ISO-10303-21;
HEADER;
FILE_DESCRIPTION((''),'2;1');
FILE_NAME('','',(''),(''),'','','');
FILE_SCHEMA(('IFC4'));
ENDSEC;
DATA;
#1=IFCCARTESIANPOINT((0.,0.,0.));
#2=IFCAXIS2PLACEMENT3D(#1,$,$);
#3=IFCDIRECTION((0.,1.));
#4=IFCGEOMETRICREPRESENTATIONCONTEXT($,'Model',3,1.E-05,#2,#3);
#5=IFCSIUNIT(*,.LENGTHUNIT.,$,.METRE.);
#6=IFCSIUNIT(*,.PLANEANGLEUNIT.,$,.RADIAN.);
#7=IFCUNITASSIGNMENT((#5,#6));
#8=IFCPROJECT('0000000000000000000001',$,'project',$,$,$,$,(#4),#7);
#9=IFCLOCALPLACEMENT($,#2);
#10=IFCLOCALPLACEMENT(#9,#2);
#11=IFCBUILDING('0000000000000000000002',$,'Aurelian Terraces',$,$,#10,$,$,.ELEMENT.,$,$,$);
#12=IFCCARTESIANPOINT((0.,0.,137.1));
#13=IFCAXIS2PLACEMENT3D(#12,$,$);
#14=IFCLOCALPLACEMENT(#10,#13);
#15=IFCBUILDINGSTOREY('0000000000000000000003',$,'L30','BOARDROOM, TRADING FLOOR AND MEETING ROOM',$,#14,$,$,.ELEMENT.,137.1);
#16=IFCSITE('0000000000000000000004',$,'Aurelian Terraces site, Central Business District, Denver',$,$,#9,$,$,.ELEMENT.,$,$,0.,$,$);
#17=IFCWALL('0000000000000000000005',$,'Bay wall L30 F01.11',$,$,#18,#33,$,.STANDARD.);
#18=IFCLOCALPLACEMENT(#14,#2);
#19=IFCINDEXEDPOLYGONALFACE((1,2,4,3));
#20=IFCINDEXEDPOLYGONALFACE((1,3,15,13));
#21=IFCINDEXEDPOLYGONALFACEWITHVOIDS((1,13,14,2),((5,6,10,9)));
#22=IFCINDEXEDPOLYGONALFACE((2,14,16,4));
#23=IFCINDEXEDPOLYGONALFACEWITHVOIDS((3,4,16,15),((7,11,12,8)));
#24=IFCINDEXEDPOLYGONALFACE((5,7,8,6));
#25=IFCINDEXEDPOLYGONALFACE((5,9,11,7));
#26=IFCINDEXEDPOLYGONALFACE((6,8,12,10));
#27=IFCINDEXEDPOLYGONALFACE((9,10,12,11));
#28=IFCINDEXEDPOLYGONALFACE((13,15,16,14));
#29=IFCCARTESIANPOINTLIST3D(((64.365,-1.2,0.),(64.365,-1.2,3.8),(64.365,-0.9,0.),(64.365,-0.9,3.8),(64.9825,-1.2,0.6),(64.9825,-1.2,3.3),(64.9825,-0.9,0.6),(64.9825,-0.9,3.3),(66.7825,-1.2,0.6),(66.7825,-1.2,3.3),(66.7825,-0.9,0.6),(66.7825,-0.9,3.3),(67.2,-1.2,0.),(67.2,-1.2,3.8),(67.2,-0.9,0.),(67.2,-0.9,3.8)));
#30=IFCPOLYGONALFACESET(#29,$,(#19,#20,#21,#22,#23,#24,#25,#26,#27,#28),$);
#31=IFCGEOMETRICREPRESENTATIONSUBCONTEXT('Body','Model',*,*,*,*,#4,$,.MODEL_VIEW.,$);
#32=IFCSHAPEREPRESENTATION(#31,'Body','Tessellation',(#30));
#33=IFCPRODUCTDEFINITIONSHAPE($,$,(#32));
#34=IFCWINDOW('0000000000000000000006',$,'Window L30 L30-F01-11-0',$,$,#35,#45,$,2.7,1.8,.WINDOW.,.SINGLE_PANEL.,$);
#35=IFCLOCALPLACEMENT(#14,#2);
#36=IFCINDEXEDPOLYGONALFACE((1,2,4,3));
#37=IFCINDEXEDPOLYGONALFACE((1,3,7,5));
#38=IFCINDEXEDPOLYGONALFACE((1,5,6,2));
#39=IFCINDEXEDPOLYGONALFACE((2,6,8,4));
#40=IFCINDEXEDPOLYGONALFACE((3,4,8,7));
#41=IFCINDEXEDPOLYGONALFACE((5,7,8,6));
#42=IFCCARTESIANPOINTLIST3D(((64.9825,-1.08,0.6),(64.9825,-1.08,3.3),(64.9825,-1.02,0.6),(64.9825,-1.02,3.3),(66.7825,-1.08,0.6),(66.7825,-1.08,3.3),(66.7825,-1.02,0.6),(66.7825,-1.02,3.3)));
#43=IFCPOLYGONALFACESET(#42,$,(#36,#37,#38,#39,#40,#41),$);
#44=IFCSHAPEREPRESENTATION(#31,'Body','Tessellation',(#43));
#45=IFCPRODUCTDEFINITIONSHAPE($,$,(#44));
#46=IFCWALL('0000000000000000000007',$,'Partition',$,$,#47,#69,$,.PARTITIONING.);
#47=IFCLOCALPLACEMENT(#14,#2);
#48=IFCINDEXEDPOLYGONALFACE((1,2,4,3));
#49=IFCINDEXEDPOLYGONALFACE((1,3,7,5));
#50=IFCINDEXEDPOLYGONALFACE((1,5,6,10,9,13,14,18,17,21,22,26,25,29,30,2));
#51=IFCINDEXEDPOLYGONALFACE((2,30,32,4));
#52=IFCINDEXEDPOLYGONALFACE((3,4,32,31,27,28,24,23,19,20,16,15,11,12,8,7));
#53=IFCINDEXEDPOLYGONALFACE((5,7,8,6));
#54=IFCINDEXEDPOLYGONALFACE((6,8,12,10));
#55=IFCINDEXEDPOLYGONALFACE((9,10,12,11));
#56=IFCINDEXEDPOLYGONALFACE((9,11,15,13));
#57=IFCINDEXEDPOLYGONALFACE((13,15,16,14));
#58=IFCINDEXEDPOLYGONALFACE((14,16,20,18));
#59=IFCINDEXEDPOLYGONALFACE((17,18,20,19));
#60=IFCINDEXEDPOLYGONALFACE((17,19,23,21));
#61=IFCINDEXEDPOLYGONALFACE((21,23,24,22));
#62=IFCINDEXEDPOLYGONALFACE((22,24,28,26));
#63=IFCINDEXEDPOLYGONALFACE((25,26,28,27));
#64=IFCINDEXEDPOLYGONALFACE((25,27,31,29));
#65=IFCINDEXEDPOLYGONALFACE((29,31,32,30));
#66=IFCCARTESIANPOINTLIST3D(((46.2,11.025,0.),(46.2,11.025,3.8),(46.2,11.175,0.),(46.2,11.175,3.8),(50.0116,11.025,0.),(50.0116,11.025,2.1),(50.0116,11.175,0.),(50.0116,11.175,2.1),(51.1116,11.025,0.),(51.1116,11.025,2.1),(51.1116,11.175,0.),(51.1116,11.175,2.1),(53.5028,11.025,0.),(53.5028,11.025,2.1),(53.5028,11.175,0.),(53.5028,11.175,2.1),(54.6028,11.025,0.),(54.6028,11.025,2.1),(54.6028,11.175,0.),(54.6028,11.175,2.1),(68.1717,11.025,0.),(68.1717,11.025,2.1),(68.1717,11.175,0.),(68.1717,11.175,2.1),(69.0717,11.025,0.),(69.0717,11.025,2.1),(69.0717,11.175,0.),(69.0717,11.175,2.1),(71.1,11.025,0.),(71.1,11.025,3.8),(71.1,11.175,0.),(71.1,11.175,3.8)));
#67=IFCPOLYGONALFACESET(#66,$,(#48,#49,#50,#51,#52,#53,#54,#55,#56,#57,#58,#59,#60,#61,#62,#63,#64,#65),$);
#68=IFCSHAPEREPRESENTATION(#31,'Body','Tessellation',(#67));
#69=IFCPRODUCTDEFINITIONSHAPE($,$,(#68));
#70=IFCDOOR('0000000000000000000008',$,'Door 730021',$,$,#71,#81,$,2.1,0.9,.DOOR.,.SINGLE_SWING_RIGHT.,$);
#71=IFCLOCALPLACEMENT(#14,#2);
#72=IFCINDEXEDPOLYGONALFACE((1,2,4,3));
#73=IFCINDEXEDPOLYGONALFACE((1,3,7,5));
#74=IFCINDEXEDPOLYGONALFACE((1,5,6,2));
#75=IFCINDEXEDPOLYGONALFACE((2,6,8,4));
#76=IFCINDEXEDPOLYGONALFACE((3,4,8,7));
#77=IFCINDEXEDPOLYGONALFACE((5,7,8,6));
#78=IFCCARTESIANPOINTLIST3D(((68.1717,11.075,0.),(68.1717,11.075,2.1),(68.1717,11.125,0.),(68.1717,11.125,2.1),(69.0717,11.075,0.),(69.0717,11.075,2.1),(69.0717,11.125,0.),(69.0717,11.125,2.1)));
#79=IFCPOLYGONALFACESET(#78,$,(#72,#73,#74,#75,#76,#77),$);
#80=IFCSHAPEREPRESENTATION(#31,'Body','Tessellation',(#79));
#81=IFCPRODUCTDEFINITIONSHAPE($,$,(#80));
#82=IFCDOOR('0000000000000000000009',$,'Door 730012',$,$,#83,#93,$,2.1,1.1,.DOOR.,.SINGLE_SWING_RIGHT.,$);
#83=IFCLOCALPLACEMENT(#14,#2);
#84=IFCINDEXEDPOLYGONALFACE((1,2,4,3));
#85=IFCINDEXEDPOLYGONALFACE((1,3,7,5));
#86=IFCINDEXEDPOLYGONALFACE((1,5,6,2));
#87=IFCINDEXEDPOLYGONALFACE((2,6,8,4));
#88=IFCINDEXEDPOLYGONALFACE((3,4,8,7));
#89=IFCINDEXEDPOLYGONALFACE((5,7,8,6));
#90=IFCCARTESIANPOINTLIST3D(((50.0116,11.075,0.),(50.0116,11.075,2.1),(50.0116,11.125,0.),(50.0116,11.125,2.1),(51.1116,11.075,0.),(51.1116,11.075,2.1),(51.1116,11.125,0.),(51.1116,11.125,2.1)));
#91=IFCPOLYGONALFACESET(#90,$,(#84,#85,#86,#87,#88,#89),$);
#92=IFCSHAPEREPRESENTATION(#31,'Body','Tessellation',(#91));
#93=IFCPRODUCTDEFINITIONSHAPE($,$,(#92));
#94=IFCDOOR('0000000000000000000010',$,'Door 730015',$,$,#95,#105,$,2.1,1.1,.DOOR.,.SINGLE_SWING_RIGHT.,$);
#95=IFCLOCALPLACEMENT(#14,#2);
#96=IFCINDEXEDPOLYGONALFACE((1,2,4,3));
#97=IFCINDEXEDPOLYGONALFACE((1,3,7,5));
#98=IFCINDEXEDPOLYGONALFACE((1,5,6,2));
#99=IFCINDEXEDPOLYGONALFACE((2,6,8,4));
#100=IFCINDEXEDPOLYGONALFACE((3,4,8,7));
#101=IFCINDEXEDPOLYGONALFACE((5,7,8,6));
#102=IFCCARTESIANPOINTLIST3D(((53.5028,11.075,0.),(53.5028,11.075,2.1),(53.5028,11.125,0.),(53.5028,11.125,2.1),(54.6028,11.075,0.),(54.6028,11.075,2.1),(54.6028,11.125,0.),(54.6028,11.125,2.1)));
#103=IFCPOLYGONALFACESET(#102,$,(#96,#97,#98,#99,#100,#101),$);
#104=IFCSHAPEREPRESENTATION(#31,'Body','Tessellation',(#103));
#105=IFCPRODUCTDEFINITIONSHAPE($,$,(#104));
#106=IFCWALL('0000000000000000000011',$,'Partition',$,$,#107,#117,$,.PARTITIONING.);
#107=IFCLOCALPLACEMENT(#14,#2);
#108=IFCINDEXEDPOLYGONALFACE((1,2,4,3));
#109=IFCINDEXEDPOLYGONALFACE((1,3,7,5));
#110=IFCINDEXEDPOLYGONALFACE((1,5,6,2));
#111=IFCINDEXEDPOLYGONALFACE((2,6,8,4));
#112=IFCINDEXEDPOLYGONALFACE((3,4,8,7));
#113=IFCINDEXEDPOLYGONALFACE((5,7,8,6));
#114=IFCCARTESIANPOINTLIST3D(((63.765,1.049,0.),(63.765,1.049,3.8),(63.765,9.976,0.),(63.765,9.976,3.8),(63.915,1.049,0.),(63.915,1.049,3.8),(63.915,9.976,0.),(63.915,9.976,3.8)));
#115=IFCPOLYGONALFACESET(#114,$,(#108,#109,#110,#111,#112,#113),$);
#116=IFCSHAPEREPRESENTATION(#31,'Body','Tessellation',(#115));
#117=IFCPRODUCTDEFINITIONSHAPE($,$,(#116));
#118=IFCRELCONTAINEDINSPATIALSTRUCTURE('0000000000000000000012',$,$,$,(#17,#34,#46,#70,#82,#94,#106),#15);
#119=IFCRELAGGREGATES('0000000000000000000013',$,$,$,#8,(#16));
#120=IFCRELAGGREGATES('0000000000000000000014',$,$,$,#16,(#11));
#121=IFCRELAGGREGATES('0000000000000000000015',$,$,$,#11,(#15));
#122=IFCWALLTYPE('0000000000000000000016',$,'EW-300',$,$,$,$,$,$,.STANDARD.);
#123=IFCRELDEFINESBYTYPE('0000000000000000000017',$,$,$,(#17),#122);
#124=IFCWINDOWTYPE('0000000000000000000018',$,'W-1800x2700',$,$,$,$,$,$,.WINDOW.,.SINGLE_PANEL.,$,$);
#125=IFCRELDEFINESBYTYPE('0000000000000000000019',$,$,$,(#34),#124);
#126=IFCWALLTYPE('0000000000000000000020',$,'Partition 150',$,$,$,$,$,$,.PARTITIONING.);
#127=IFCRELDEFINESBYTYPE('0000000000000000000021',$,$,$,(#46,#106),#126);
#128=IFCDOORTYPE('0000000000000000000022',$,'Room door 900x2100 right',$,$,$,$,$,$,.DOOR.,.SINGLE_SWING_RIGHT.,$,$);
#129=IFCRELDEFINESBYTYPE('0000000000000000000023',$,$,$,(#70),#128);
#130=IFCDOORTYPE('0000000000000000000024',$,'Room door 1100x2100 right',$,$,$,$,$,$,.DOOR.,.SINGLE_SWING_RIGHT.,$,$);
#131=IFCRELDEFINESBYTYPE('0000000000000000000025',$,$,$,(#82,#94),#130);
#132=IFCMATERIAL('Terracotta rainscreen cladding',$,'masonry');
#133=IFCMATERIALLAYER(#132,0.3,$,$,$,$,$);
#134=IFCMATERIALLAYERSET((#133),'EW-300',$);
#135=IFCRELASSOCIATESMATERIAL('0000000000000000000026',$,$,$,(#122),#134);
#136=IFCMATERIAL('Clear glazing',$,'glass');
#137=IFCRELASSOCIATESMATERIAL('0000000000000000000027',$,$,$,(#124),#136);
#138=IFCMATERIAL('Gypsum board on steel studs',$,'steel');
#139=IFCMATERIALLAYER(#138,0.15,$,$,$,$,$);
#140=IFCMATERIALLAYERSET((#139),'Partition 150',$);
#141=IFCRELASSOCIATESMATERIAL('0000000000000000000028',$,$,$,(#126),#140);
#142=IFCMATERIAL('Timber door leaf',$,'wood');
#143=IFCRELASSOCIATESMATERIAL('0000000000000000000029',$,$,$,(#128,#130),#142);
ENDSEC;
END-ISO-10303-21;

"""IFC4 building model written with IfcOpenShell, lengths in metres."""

from ifc_helpers import new_model, si_unit, direction, frame, frame_2d, origin, place, context, subcontext, project, spatial, rectangle, extrude, source, transform, mapped, material, layer, layer_set, type_object, element, fill, save


model = new_model("IFC4")

# Units and contexts
model_context = context("Model", 3, precision=1e-05, world=origin(), true_north=direction((0.0, 1.0)))
body_context = subcontext(model_context, "Body", "Model", "MODEL_VIEW")
ifc_project = project(units=[si_unit("LENGTHUNIT", "METRE"), si_unit("PLANEANGLEUNIT", "RADIAN")], contexts=[model_context])

# Site, building, storey
site_placement = place(None, origin())
site = spatial("IfcSite", under=ifc_project, at=site_placement, Name="Aurelian Terraces site, Central Business District, Denver", CompositionType="ELEMENT", RefElevation=0.0)
building_placement = place(site_placement, origin())
building = spatial("IfcBuilding", under=site, at=building_placement, Name="Aurelian Terraces", CompositionType="ELEMENT")
storey_placement = place(building_placement, frame((0.0, 0.0, 137.1)))
storey = spatial("IfcBuildingStorey", under=building, at=storey_placement, Name="L30", Description="BOARDROOM, TRADING FLOOR AND MEETING ROOM", CompositionType="ELEMENT", Elevation=137.1)

# Shared definitions
ifc_material_1 = material(Name="Terracotta rainscreen cladding", Category="masonry")
ifc_layer_1 = layer(ifc_material_1, 0.3)
ifc_layer_set_1 = layer_set([ifc_layer_1], Name="EW-300")
wall_type_1 = type_object("IfcWallType", Name="EW-300", PredefinedType="STANDARD", material=ifc_layer_set_1)
ifc_material_2 = material(Name="Clear glazing", Category="glass")

# Wall, opening, window
shared_shape_1 = source(origin(), body_context, "Body", "SweptSolid", [
    extrude(rectangle(XDim=1.8, YDim=2.7, at=frame_2d((0.9, 1.35))), frame((0.0, 0.16, 0.0), z_axis=(0.0, -1.0, 0.0), x_axis=(1.0, 0.0, 0.0)), (0.0, 0.0, 1.0), 0.32),
])
window_type_1 = type_object("IfcWindowType", Name="W-1800x2700", PartitioningType="SINGLE_PANEL", PredefinedType="WINDOW", material=ifc_material_2)
shared_shape_2 = source(origin(), body_context, "Body", "SweptSolid", [
    extrude(rectangle(XDim=1.8, YDim=2.7, at=frame_2d((0.9, 1.35))), frame((0.0, 0.03, 0.0), z_axis=(0.0, -1.0, 0.0), x_axis=(1.0, 0.0, 0.0)), (0.0, 0.0, 1.0), 0.06),
])
shared_shape_3 = source(origin(), body_context, "Body", "SweptSolid", [
    extrude(rectangle(XDim=2.835, YDim=0.3, at=frame_2d((1.4175, 0.0))), origin(), (0.0, 0.0, 1.0), 3.8),
])
wall_1_placement = place(storey_placement, frame((64.365, -1.05, 0.0), z_axis=(0.0, 0.0, 1.0), x_axis=(1.0, 0.0, 0.0)))
wall_1 = element("IfcWall", 1, at=wall_1_placement, inside=storey, type_object=wall_type_1, Name="Bay wall L30 F01.11", PredefinedType="STANDARD", context=body_context, shape_type="MappedRepresentation", body=[
    mapped(shared_shape_3, transform((0.0, 0.0, 0.0), scale=1.0)),
])
opening_1_placement = place(wall_1_placement, frame((0.6175, 0.0, 0.6)))
opening_1 = element("IfcOpeningElement", 2, at=opening_1_placement, cuts=wall_1, PredefinedType="OPENING", context=body_context, shape_type="MappedRepresentation", body=[
    mapped(shared_shape_1, transform((0.0, 0.0, 0.0), scale=1.0)),
])
window_1_placement = place(opening_1_placement, origin())
window_1 = element("IfcWindow", 3, at=window_1_placement, inside=storey, type_object=window_type_1, Name="Window L30 L30-F01-11-0", OverallHeight=2.7, OverallWidth=1.8, PartitioningType="SINGLE_PANEL", PredefinedType="WINDOW", context=body_context, shape_type="MappedRepresentation", body=[
    mapped(shared_shape_2, transform((0.0, 0.0, 0.0), scale=1.0)),
])
fill(opening_1, window_1)

# Wall, openings, doors
ifc_material_3 = material(Name="Gypsum board on steel studs", Category="steel")
ifc_layer_2 = layer(ifc_material_3, 0.15)
ifc_layer_set_2 = layer_set([ifc_layer_2], Name="Partition 150")
wall_type_2 = type_object("IfcWallType", Name="Partition 150", PredefinedType="PARTITIONING", material=ifc_layer_set_2)
shared_shape_4 = source(origin(), body_context, "Body", "SweptSolid", [
    extrude(rectangle(XDim=24.9, YDim=0.15, at=frame_2d((12.45, 0.0))), origin(), (0.0, 0.0, 1.0), 3.8),
])
wall_2_placement = place(storey_placement, frame((71.1, 11.1, 0.0), z_axis=(0.0, 0.0, 1.0), x_axis=(-1.0, 0.0, 0.0)))
wall_2 = element("IfcWall", 4, at=wall_2_placement, inside=storey, type_object=wall_type_2, Name="Partition", PredefinedType="PARTITIONING", context=body_context, shape_type="MappedRepresentation", body=[
    mapped(shared_shape_4, transform((0.0, 0.0, 0.0), scale=1.0)),
])
shared_shape_5 = source(origin(), body_context, "Body", "SweptSolid", [
    extrude(rectangle(XDim=1.1, YDim=2.1, at=frame_2d((0.55, 1.05))), frame((0.0, 0.085, 0.0), z_axis=(0.0, -1.0, 0.0), x_axis=(1.0, 0.0, 0.0)), (0.0, 0.0, 1.0), 0.17),
])
opening_2_placement = place(wall_2_placement, frame((19.9884, 0.0, 0.0)))
opening_2 = element("IfcOpeningElement", 5, at=opening_2_placement, cuts=wall_2, PredefinedType="OPENING", context=body_context, shape_type="MappedRepresentation", body=[
    mapped(shared_shape_5, transform((0.0, 0.0, 0.0), scale=1.0)),
])
opening_3_placement = place(wall_2_placement, frame((16.4972, 0.0, 0.0)))
opening_3 = element("IfcOpeningElement", 6, at=opening_3_placement, cuts=wall_2, PredefinedType="OPENING", context=body_context, shape_type="MappedRepresentation", body=[
    mapped(shared_shape_5, transform((0.0, 0.0, 0.0), scale=1.0)),
])
shared_shape_6 = source(origin(), body_context, "Body", "SweptSolid", [
    extrude(rectangle(XDim=0.9, YDim=2.1, at=frame_2d((0.45, 1.05))), frame((0.0, 0.085, 0.0), z_axis=(0.0, -1.0, 0.0), x_axis=(1.0, 0.0, 0.0)), (0.0, 0.0, 1.0), 0.17),
])
opening_4_placement = place(wall_2_placement, frame((2.0283, 0.0, 0.0)))
opening_4 = element("IfcOpeningElement", 7, at=opening_4_placement, cuts=wall_2, PredefinedType="OPENING", context=body_context, shape_type="MappedRepresentation", body=[
    mapped(shared_shape_6, transform((0.0, 0.0, 0.0), scale=1.0)),
])
ifc_material_4 = material(Name="Timber door leaf", Category="wood")
door_type_1 = type_object("IfcDoorType", Name="Room door 900x2100 right", OperationType="SINGLE_SWING_RIGHT", PredefinedType="DOOR", material=ifc_material_4)
shared_shape_7 = source(origin(), body_context, "Body", "SweptSolid", [
    extrude(rectangle(XDim=0.9, YDim=2.1, at=frame_2d((0.45, 1.05))), frame((0.0, 0.025, 0.0), z_axis=(0.0, -1.0, 0.0), x_axis=(1.0, 0.0, 0.0)), (0.0, 0.0, 1.0), 0.05),
])
door_1_placement = place(opening_4_placement, origin())
door_1 = element("IfcDoor", 8, at=door_1_placement, inside=storey, type_object=door_type_1, Name="Door 730021", OperationType="SINGLE_SWING_RIGHT", OverallHeight=2.1, OverallWidth=0.9, PredefinedType="DOOR", context=body_context, shape_type="MappedRepresentation", body=[
    mapped(shared_shape_7, transform((0.0, 0.0, 0.0), scale=1.0)),
])
fill(opening_4, door_1)
door_type_2 = type_object("IfcDoorType", Name="Room door 1100x2100 right", OperationType="SINGLE_SWING_RIGHT", PredefinedType="DOOR", material=ifc_material_4)
shared_shape_8 = source(origin(), body_context, "Body", "SweptSolid", [
    extrude(rectangle(XDim=1.1, YDim=2.1, at=frame_2d((0.55, 1.05))), frame((0.0, 0.025, 0.0), z_axis=(0.0, -1.0, 0.0), x_axis=(1.0, 0.0, 0.0)), (0.0, 0.0, 1.0), 0.05),
])
door_2_placement = place(opening_2_placement, origin())
door_2 = element("IfcDoor", 9, at=door_2_placement, inside=storey, type_object=door_type_2, Name="Door 730012", OperationType="SINGLE_SWING_RIGHT", OverallHeight=2.1, OverallWidth=1.1, PredefinedType="DOOR", context=body_context, shape_type="MappedRepresentation", body=[
    mapped(shared_shape_8, transform((0.0, 0.0, 0.0), scale=1.0)),
])
fill(opening_2, door_2)
door_3_placement = place(opening_3_placement, origin())
door_3 = element("IfcDoor", 10, at=door_3_placement, inside=storey, type_object=door_type_2, Name="Door 730015", OperationType="SINGLE_SWING_RIGHT", OverallHeight=2.1, OverallWidth=1.1, PredefinedType="DOOR", context=body_context, shape_type="MappedRepresentation", body=[
    mapped(shared_shape_8, transform((0.0, 0.0, 0.0), scale=1.0)),
])
fill(opening_3, door_3)

# Wall
shared_shape_9 = source(origin(), body_context, "Body", "SweptSolid", [
    extrude(rectangle(XDim=8.927, YDim=0.15, at=frame_2d((4.4635, 0.0))), origin(), (0.0, 0.0, 1.0), 3.8),
])
wall_3_placement = place(storey_placement, frame((63.84, 1.049, 0.0), z_axis=(0.0, 0.0, 1.0), x_axis=(0.0, 1.0, 0.0)))
element("IfcWall", 11, at=wall_3_placement, inside=storey, type_object=wall_type_2, Name="Partition", PredefinedType="PARTITIONING", context=body_context, shape_type="MappedRepresentation", body=[
    mapped(shared_shape_9, transform((0.0, 0.0, 0.0), scale=1.0)),
])

save(model, "model.ifc")
